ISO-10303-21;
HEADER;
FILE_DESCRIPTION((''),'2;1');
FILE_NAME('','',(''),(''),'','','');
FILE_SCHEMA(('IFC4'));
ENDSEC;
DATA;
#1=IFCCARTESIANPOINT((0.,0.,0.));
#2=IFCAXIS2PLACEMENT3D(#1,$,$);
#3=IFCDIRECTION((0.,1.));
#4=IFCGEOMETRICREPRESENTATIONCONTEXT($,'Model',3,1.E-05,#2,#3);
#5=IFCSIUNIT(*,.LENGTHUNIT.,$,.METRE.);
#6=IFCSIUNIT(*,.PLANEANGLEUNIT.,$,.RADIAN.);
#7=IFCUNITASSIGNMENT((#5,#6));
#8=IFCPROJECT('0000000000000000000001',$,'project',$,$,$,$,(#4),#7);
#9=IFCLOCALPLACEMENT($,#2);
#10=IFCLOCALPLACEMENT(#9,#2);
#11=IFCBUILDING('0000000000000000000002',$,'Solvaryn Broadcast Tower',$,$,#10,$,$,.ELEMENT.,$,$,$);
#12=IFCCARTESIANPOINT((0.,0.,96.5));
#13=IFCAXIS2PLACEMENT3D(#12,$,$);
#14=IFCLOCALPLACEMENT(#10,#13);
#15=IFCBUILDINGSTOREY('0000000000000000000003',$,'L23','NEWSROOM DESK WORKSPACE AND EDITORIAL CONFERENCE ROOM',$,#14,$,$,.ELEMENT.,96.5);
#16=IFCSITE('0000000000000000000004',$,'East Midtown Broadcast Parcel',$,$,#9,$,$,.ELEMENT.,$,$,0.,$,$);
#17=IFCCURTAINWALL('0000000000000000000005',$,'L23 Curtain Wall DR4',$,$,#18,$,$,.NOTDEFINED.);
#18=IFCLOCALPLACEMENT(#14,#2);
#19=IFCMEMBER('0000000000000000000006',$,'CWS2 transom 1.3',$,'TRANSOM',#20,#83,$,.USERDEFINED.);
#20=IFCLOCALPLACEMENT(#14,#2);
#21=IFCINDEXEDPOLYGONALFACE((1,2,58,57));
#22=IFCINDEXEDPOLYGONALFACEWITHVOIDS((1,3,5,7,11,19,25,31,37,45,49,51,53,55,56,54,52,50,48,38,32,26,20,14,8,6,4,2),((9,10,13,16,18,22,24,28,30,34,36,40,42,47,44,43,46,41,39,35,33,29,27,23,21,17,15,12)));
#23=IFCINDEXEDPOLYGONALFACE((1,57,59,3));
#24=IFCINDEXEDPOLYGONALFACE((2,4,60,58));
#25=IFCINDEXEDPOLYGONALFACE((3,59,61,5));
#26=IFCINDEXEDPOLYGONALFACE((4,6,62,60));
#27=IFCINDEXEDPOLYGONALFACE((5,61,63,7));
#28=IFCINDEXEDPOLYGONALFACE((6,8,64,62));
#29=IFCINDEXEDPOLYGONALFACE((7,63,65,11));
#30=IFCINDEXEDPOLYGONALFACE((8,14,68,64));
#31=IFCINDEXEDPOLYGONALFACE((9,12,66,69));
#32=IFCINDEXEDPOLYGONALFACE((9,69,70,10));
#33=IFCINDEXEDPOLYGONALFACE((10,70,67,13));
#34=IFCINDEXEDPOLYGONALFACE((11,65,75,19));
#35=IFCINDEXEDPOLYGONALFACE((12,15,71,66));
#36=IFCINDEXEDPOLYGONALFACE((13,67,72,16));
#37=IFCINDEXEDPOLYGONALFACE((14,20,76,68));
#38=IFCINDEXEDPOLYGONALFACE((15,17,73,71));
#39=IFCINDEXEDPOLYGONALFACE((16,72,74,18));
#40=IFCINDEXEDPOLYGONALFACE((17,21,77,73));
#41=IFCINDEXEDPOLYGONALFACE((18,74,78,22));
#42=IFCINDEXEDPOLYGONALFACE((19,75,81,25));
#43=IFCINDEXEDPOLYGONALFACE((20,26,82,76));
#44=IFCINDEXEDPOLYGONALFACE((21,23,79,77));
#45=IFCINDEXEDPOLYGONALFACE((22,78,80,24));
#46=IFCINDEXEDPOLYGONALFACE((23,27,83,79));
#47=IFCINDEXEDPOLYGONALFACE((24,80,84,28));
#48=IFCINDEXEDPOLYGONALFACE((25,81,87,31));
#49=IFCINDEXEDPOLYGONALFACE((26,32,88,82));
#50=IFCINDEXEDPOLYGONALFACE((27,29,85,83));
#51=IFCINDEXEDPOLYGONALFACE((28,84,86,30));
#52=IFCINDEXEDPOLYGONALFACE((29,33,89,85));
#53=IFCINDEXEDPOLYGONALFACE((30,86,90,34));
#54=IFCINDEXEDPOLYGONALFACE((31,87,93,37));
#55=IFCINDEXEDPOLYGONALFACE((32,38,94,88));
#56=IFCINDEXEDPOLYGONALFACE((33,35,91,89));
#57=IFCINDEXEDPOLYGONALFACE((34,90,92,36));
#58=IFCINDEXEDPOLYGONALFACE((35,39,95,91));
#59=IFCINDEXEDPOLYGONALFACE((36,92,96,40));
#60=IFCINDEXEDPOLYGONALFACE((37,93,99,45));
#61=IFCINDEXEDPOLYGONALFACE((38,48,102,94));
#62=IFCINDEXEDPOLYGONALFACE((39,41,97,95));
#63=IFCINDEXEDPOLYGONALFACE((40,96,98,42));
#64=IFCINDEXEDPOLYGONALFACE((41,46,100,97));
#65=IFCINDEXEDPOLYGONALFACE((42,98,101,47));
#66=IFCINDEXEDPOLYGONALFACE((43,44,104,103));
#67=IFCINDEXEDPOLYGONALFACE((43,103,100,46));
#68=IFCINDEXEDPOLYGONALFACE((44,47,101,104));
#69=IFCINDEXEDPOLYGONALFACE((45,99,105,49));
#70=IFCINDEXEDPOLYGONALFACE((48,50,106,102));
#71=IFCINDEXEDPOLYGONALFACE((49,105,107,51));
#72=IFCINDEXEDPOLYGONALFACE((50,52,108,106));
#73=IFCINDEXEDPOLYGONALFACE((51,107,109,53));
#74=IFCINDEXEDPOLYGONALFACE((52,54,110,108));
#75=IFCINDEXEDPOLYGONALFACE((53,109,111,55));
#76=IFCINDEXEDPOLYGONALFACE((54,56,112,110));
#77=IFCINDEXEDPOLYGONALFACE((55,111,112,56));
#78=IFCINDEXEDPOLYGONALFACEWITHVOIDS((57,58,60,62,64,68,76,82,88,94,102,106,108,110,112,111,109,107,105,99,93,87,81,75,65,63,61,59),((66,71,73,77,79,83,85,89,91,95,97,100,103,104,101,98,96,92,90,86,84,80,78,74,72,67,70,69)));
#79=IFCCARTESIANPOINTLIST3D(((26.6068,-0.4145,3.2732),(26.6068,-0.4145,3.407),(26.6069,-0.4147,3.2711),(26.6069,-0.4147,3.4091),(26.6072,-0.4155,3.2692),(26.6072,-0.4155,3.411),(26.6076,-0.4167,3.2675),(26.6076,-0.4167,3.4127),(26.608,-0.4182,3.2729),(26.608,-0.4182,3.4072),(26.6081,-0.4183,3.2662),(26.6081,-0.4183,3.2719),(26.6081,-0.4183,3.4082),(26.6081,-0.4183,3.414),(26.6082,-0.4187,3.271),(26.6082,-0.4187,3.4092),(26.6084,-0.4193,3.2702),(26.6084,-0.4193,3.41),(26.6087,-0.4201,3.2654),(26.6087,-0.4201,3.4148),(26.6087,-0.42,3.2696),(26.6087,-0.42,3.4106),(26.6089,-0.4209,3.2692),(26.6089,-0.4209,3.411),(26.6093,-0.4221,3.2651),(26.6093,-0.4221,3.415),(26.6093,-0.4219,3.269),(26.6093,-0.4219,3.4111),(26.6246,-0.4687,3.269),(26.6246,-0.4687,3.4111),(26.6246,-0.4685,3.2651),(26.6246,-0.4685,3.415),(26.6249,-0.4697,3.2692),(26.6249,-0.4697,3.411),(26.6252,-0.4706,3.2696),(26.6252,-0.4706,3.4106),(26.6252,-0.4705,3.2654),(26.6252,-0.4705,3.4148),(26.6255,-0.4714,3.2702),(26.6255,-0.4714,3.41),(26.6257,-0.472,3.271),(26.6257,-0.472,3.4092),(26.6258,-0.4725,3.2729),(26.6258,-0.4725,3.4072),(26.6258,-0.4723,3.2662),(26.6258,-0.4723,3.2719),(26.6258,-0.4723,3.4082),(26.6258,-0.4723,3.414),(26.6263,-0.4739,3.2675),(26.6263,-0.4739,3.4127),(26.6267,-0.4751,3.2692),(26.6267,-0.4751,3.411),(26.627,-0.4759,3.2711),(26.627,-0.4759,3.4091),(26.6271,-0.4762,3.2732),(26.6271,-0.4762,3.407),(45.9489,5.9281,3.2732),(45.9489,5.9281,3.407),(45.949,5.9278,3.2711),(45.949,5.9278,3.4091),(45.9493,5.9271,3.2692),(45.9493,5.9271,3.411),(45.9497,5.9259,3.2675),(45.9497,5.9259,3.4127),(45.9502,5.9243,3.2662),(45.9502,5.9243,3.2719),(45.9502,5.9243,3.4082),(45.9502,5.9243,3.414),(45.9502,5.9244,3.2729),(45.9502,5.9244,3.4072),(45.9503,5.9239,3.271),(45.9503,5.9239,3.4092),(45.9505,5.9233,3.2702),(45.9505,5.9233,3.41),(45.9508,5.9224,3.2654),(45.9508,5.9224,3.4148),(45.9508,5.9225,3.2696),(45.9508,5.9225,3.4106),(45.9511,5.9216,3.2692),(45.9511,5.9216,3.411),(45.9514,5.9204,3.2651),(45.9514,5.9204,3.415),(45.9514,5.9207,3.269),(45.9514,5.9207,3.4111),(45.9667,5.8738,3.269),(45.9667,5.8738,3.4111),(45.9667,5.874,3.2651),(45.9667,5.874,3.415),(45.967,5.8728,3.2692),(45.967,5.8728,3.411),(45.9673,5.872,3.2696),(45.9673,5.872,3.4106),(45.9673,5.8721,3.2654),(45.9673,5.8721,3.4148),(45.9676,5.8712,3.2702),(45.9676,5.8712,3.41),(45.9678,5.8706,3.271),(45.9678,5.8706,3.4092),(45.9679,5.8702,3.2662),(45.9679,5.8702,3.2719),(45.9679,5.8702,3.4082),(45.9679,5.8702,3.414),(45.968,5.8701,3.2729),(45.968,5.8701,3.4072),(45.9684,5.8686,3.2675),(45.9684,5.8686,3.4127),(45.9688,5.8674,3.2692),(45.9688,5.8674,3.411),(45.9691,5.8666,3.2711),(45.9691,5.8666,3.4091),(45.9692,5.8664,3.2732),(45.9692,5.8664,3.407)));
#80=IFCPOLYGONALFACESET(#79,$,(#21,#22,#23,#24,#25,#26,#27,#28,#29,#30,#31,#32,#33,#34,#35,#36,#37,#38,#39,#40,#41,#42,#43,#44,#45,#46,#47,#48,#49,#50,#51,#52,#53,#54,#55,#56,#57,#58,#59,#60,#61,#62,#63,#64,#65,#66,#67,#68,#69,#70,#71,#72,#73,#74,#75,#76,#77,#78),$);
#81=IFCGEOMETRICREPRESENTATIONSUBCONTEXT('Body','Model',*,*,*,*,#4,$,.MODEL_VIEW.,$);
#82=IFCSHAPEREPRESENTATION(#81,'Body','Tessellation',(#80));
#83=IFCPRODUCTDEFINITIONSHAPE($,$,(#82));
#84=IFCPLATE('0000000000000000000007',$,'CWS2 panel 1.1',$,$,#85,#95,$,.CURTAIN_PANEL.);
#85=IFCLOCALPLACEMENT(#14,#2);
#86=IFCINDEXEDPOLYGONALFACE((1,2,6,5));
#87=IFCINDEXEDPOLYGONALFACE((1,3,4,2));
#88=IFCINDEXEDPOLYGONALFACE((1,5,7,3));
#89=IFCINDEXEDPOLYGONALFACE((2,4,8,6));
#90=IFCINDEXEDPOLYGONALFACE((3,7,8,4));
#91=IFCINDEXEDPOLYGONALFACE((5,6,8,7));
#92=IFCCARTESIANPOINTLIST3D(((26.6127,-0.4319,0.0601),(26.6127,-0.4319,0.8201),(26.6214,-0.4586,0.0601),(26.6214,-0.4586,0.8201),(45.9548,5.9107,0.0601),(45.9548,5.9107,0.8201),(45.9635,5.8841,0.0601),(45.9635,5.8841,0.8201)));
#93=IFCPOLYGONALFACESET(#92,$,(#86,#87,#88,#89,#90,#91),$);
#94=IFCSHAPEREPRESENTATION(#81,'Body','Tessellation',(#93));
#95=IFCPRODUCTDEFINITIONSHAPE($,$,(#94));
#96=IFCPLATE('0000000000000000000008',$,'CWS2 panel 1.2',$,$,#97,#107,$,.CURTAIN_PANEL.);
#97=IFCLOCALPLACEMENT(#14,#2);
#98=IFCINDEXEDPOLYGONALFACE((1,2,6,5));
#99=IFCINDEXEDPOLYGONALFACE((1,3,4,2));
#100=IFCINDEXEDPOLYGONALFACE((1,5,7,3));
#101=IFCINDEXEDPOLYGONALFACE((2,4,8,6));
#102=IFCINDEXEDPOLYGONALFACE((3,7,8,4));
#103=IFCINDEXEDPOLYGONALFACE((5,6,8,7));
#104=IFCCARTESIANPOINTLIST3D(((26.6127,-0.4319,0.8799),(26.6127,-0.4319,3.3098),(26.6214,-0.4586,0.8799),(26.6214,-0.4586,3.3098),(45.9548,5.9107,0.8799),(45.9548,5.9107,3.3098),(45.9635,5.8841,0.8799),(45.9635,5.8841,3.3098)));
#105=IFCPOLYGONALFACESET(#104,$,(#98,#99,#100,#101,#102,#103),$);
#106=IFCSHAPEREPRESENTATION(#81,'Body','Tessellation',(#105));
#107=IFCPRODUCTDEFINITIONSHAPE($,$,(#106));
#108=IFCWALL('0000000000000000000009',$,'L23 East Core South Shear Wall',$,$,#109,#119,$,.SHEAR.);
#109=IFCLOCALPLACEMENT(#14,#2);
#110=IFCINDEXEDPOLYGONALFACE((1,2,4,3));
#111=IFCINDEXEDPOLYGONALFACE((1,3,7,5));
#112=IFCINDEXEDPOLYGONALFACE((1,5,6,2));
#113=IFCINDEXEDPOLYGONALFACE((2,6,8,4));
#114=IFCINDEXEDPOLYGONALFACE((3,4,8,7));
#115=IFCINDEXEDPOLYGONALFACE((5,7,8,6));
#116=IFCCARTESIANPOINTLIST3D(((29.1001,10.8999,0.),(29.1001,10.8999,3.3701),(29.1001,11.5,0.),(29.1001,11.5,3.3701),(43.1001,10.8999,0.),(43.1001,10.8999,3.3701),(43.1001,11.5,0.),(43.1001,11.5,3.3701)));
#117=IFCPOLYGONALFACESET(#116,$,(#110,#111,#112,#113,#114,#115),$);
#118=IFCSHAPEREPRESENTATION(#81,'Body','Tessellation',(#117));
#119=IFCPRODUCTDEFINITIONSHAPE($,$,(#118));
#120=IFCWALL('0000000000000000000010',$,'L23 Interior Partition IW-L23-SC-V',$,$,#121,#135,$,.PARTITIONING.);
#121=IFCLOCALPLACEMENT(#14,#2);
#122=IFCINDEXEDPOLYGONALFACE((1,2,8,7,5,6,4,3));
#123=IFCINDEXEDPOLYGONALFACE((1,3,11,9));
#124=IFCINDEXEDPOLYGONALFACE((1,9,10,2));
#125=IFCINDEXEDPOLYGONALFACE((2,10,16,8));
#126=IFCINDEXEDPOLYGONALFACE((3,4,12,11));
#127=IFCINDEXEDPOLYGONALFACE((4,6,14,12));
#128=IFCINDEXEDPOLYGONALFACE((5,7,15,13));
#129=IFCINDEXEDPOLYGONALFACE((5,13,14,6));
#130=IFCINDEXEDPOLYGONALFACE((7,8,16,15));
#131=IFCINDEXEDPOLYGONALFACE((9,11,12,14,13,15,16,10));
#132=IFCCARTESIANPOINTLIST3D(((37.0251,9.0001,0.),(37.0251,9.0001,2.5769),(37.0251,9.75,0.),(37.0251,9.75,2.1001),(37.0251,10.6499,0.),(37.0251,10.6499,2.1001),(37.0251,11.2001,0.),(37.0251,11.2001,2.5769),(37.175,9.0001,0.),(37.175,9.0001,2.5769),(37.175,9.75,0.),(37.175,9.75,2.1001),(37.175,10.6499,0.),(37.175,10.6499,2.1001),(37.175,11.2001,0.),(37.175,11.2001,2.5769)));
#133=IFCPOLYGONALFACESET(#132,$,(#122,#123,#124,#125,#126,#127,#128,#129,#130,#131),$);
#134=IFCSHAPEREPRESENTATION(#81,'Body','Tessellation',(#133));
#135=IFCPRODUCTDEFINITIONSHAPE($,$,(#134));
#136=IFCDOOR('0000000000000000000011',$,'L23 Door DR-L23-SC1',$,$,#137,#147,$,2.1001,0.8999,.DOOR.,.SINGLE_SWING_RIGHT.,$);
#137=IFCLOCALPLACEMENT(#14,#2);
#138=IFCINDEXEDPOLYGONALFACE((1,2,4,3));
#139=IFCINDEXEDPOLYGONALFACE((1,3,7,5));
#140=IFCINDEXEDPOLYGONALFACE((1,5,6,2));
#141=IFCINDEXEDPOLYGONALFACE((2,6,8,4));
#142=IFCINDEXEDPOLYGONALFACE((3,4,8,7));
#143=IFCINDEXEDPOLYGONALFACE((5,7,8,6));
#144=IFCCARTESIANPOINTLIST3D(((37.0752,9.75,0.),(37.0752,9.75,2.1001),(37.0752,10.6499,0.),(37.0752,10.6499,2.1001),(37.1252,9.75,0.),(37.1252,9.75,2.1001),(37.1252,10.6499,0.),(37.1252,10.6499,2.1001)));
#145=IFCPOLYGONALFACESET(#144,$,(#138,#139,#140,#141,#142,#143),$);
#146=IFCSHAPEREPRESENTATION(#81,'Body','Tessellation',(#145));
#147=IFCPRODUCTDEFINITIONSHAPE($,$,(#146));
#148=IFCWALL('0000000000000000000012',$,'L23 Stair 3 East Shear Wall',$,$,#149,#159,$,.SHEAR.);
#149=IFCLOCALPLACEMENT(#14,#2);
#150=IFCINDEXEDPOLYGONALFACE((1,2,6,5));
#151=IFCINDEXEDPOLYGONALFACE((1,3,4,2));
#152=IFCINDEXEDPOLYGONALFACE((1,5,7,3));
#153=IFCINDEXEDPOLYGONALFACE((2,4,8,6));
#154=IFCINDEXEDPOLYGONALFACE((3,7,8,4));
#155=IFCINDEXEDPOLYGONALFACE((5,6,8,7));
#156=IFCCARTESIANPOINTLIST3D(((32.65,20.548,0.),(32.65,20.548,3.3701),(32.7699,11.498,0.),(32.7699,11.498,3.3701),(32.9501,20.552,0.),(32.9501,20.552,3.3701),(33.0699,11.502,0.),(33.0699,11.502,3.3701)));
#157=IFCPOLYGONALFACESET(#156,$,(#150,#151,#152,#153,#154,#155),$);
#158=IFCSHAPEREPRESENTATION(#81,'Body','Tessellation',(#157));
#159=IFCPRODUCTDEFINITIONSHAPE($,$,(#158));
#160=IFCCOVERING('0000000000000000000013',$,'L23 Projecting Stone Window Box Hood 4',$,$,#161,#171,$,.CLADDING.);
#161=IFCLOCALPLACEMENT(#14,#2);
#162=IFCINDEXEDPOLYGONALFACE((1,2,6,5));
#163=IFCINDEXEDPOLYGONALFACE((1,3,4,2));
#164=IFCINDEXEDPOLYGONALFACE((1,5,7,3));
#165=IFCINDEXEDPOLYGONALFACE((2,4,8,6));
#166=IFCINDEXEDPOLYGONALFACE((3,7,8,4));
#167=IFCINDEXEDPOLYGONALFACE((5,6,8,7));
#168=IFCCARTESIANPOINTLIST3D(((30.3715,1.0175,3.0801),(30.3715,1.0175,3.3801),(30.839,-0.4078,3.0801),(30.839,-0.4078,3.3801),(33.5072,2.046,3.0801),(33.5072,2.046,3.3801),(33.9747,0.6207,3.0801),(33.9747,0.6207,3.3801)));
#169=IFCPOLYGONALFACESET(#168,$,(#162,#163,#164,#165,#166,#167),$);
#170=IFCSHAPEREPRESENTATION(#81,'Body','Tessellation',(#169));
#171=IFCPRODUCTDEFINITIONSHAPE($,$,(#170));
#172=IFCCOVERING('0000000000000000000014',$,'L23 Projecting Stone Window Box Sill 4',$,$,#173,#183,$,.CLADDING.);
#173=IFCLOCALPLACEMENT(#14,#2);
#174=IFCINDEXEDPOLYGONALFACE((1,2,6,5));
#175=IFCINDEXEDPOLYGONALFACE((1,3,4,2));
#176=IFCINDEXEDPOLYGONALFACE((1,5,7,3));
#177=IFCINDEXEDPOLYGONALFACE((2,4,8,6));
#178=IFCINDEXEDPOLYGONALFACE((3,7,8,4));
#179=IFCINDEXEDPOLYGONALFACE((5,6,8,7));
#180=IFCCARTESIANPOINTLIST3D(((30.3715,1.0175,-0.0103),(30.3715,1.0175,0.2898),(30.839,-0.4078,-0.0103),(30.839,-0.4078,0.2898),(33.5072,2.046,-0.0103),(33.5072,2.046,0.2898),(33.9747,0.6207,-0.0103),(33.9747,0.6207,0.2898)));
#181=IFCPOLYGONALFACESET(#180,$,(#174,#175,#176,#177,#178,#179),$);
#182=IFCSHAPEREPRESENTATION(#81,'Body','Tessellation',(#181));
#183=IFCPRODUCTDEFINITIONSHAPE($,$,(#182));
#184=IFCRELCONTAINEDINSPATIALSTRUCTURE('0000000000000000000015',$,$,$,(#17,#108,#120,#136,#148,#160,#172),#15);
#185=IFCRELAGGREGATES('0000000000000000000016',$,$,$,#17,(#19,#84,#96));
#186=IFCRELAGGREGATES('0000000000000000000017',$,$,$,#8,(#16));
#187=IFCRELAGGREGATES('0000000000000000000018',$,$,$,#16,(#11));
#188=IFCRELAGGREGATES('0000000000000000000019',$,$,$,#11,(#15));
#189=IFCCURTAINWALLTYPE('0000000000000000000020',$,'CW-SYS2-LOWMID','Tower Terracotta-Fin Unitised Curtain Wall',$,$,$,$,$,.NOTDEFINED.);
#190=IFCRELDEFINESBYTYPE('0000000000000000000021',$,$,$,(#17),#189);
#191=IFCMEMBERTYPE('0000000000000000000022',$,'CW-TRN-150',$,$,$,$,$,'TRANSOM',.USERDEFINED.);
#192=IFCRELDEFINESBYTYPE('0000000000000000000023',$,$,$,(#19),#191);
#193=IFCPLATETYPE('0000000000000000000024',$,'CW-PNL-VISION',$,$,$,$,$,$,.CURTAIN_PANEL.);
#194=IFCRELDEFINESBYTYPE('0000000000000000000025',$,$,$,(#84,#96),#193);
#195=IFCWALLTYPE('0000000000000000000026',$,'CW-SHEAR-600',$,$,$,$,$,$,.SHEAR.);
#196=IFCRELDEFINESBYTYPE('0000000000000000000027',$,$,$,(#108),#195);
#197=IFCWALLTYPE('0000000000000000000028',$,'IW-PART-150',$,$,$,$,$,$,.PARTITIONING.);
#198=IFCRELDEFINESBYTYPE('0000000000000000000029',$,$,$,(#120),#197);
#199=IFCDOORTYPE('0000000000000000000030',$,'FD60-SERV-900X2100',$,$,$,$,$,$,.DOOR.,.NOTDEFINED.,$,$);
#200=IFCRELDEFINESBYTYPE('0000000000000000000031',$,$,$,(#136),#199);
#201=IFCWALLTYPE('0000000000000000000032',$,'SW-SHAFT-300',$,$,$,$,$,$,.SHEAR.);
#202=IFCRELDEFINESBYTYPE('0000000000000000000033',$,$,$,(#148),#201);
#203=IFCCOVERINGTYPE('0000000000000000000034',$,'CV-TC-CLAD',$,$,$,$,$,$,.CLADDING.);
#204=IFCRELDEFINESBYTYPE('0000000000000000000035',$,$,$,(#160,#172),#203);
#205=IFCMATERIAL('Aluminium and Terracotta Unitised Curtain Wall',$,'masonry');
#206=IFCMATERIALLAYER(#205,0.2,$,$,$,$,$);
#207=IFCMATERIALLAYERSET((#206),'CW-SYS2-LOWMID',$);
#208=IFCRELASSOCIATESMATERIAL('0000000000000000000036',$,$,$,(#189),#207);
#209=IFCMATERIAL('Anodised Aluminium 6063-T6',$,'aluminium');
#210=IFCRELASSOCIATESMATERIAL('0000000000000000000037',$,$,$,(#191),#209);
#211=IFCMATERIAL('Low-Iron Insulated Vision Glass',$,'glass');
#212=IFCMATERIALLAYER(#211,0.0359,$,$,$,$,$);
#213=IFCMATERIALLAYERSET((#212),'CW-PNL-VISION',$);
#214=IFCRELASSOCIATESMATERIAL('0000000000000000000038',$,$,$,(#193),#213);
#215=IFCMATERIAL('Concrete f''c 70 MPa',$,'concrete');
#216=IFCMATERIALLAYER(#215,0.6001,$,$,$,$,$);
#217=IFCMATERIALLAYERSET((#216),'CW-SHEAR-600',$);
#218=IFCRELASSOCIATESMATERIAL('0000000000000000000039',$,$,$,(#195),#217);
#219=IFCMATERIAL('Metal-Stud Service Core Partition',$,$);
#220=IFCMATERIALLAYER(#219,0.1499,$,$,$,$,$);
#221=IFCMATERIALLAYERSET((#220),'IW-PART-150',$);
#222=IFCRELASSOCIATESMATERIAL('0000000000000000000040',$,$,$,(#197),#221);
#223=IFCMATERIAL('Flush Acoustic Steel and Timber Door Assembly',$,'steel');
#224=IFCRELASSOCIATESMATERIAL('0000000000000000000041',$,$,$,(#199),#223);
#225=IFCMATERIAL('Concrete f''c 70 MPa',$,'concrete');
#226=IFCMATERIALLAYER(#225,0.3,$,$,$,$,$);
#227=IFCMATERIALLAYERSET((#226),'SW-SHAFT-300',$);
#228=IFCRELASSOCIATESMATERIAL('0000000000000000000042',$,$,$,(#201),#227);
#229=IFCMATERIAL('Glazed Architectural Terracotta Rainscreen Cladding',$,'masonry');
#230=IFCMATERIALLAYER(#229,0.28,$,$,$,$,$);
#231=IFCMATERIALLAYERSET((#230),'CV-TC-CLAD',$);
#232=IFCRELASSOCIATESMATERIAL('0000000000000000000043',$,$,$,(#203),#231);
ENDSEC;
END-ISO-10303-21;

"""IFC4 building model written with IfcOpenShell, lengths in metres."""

from ifc_helpers import new_model, si_unit, direction, frame, frame_2d, origin, origin_2d, place, context, subcontext, project, spatial, rectangle, hollow_rectangle, extrude, material, layer, layer_set, material_profile, profile_set, type_object, element, fill, aggregate, save


model = new_model("IFC4")

# Units and contexts
model_context = context("Model", 3, precision=1e-05, world=origin(), true_north=direction((0.0, 1.0)))
body_context = subcontext(model_context, "Body", "Model", "MODEL_VIEW")
ifc_project = project(units=[si_unit("LENGTHUNIT", "METRE"), si_unit("PLANEANGLEUNIT", "RADIAN")], contexts=[model_context])

# Site, building, storey
site_placement = place(None, origin())
site = spatial("IfcSite", under=ifc_project, at=site_placement, Name="East Midtown Broadcast Parcel", CompositionType="ELEMENT", RefElevation=0.0)
building_placement = place(site_placement, origin())
building = spatial("IfcBuilding", under=site, at=building_placement, Name="Solvaryn Broadcast Tower", CompositionType="ELEMENT")
storey_placement = place(building_placement, frame((0.0, 0.0, 96.5)))
storey = spatial("IfcBuildingStorey", under=building, at=storey_placement, Name="L23", Description="NEWSROOM DESK WORKSPACE AND EDITORIAL CONFERENCE ROOM", CompositionType="ELEMENT", Elevation=96.5)

# Shared definitions
ifc_material_1 = material(Name="Aluminium and Terracotta Unitised Curtain Wall", Category="masonry")
ifc_layer_1 = layer(ifc_material_1, 0.2)
ifc_layer_set_1 = layer_set([ifc_layer_1], Name="CW-SYS2-LOWMID")
curtain_wall_type = type_object("IfcCurtainWallType", Name="CW-SYS2-LOWMID", Description="Tower Terracotta-Fin Unitised Curtain Wall", PredefinedType="NOTDEFINED", material=ifc_layer_set_1)

# Curtain wall, member, plates
curtain_wall_1_placement = place(storey_placement, origin())
curtain_wall_1 = element("IfcCurtainWall", 1, at=curtain_wall_1_placement, inside=storey, type_object=curtain_wall_type, Name="L23 Curtain Wall DR4", PredefinedType="NOTDEFINED")
ifc_material_2 = material(Name="Anodised Aluminium 6063-T6", Category="aluminium")
ifc_material_profile_1 = material_profile(ifc_material_2, hollow_rectangle(XDim=0.0649, YDim=0.1499, WallThickness=0.0039, InnerFilletRadius=0.0039, OuterFilletRadius=0.0081, at=origin_2d()))
ifc_profile_set_1 = profile_set([ifc_material_profile_1], Name="Anodised Aluminium 6063-T6")
member_type_1 = type_object("IfcMemberType", Name="CW-TRN-150", ElementType="TRANSOM", PredefinedType="USERDEFINED", material=ifc_profile_set_1)
member_1_placement = place(storey_placement, frame((26.6169, -0.4453, 3.3401), z_axis=(0.950217, 0.31159, 0.0), x_axis=(-0.31159, 0.950217, 0.0)))
member_1 = element("IfcMember", 2, at=member_1_placement, type_object=member_type_1, Name="CWS2 transom 1.3", ObjectType="TRANSOM", PredefinedType="USERDEFINED", context=body_context, shape_type="SweptSolid", body=[
    extrude(hollow_rectangle(XDim=0.0649, YDim=0.1499, WallThickness=0.0039, InnerFilletRadius=0.0039, OuterFilletRadius=0.0081, at=origin_2d()), origin(), (0.0, 0.0, 1.0), 20.3555),
])
ifc_material_3 = material(Name="Low-Iron Insulated Vision Glass", Category="glass")
ifc_layer_2 = layer(ifc_material_3, 0.0359)
ifc_layer_set_2 = layer_set([ifc_layer_2], Name="CW-PNL-VISION")
plate_type = type_object("IfcPlateType", Name="CW-PNL-VISION", PredefinedType="CURTAIN_PANEL", material=ifc_layer_set_2)
plate_1_placement = place(storey_placement, frame((36.2881, 2.7261, 0.0601), z_axis=(0.0, 0.0, 1.0), x_axis=(0.950215, 0.311594, 0.0)))
plate_1 = element("IfcPlate", 3, at=plate_1_placement, type_object=plate_type, Name="CWS2 panel 1.1", PredefinedType="CURTAIN_PANEL", context=body_context, shape_type="SweptSolid", body=[
    extrude(rectangle(XDim=20.3555, YDim=0.0281, at=origin_2d()), origin(), (0.0, 0.0, 1.0), 0.76),
])
plate_2_placement = place(storey_placement, frame((36.2881, 2.7261, 0.8799), z_axis=(0.0, 0.0, 1.0), x_axis=(0.950215, 0.311594, 0.0)))
plate_2 = element("IfcPlate", 4, at=plate_2_placement, type_object=plate_type, Name="CWS2 panel 1.2", PredefinedType="CURTAIN_PANEL", context=body_context, shape_type="SweptSolid", body=[
    extrude(rectangle(XDim=20.3555, YDim=0.0281, at=origin_2d()), origin(), (0.0, 0.0, 1.0), 2.4299),
])
aggregate(curtain_wall_1, [member_1, plate_1, plate_2])

# Wall
ifc_material_4 = material(Name="Concrete f'c 70 MPa", Category="concrete")
ifc_layer_3 = layer(ifc_material_4, 0.6001)
ifc_layer_set_3 = layer_set([ifc_layer_3], Name="CW-SHEAR-600")
wall_type_1 = type_object("IfcWallType", Name="CW-SHEAR-600", PredefinedType="SHEAR", material=ifc_layer_set_3)
wall_1_placement = place(storey_placement, frame((29.1001, 11.2, 0.0), z_axis=(0.0, 0.0, 1.0), x_axis=(1.0, 0.0, 0.0)))
element("IfcWall", 5, at=wall_1_placement, inside=storey, type_object=wall_type_1, Name="L23 East Core South Shear Wall", PredefinedType="SHEAR", context=body_context, shape_type="SweptSolid", body=[
    extrude(rectangle(XDim=14.0, YDim=0.6001, at=frame_2d((7.0, 0.0))), origin(), (0.0, 0.0, 1.0), 3.3701),
])

# Wall, opening, door
ifc_material_5 = material(Name="Metal-Stud Service Core Partition")
ifc_layer_4 = layer(ifc_material_5, 0.1499)
ifc_layer_set_4 = layer_set([ifc_layer_4], Name="IW-PART-150")
wall_type_2 = type_object("IfcWallType", Name="IW-PART-150", PredefinedType="PARTITIONING", material=ifc_layer_set_4)
wall_2_placement = place(storey_placement, frame((37.1001, 9.0, 0.0), z_axis=(0.0, 0.0, 1.0), x_axis=(0.0, 1.0, 0.0)))
wall_2 = element("IfcWall", 6, at=wall_2_placement, inside=storey, type_object=wall_type_2, Name="L23 Interior Partition IW-L23-SC-V", PredefinedType="PARTITIONING", context=body_context, shape_type="SweptSolid", body=[
    extrude(rectangle(XDim=2.2, YDim=0.1499, at=frame_2d((1.1001, 0.0))), origin(), (0.0, 0.0, 1.0), 2.5769),
])
opening_placement = place(wall_2_placement, frame((0.75, 0.0, 0.0)))
opening = element("IfcOpeningElement", 7, at=opening_placement, cuts=wall_2, PredefinedType="OPENING", context=body_context, shape_type="SweptSolid", body=[
    extrude(rectangle(XDim=0.8999, YDim=2.1001, at=frame_2d((0.45, 1.05))), frame((0.0, 0.085, 0.0), z_axis=(0.0, -1.0, 0.0), x_axis=(1.0, 0.0, 0.0)), (0.0, 0.0, 1.0), 0.1699),
])
ifc_material_6 = material(Name="Flush Acoustic Steel and Timber Door Assembly", Category="steel")
door_type = type_object("IfcDoorType", Name="FD60-SERV-900X2100", OperationType="NOTDEFINED", PredefinedType="DOOR", material=ifc_material_6)
door_placement = place(opening_placement, origin())
door = element("IfcDoor", 8, at=door_placement, inside=storey, type_object=door_type, Name="L23 Door DR-L23-SC1", OperationType="SINGLE_SWING_RIGHT", OverallHeight=2.1001, OverallWidth=0.8999, PredefinedType="DOOR", context=body_context, shape_type="SweptSolid", body=[
    extrude(rectangle(XDim=0.8999, YDim=2.1001, at=frame_2d((0.45, 1.05))), frame((0.0, 0.0249, 0.0), z_axis=(0.0, -1.0, 0.0), x_axis=(1.0, 0.0, 0.0)), (0.0, 0.0, 1.0), 0.05),
])
fill(opening, door)

# Wall
ifc_material_7 = material(Name="Concrete f'c 70 MPa", Category="concrete")
ifc_layer_5 = layer(ifc_material_7, 0.3)
ifc_layer_set_5 = layer_set([ifc_layer_5], Name="SW-SHAFT-300")
wall_type_3 = type_object("IfcWallType", Name="SW-SHAFT-300", PredefinedType="SHEAR", material=ifc_layer_set_5)
wall_3_placement = place(storey_placement, frame((32.9199, 11.5, 0.0), z_axis=(0.0, 0.0, 1.0), x_axis=(-0.013244, 0.999912, 0.0)))
element("IfcWall", 9, at=wall_3_placement, inside=storey, type_object=wall_type_3, Name="L23 Stair 3 East Shear Wall", PredefinedType="SHEAR", context=body_context, shape_type="SweptSolid", body=[
    extrude(rectangle(XDim=9.0508, YDim=0.3, at=frame_2d((4.5254, 0.0))), origin(), (0.0, 0.0, 1.0), 3.3701),
])

# Coverings
ifc_material_8 = material(Name="Glazed Architectural Terracotta Rainscreen Cladding", Category="masonry")
ifc_layer_6 = layer(ifc_material_8, 0.28)
ifc_layer_set_6 = layer_set([ifc_layer_6], Name="CV-TC-CLAD")
covering_type_1 = type_object("IfcCoveringType", Name="CV-TC-CLAD", PredefinedType="CLADDING", material=ifc_layer_set_6)
for number, where, z_axis, x_axis, name in (
    (10, (32.1731, 0.8191, 3.0801), (0.0, 0.0, 1.0), (0.95019, 0.311672, 0.0), "L23 Projecting Stone Window Box Hood 4"),
    (11, (32.1731, 0.8191, -0.0103), (0.0, 0.0, 1.0), (0.95019, 0.311672, 0.0), "L23 Projecting Stone Window Box Sill 4"),
):
    element("IfcCovering", number, at=place(storey_placement, frame(where, z_axis=z_axis, x_axis=x_axis)), inside=storey, type_object=covering_type_1, Name=name, PredefinedType="CLADDING", context=body_context, shape_type="SweptSolid", body=[
        extrude(rectangle(XDim=3.3, YDim=1.5, at=origin_2d()), origin(), (0.0, 0.0, 1.0), 0.3),
    ])

save(model, "model.ifc")
